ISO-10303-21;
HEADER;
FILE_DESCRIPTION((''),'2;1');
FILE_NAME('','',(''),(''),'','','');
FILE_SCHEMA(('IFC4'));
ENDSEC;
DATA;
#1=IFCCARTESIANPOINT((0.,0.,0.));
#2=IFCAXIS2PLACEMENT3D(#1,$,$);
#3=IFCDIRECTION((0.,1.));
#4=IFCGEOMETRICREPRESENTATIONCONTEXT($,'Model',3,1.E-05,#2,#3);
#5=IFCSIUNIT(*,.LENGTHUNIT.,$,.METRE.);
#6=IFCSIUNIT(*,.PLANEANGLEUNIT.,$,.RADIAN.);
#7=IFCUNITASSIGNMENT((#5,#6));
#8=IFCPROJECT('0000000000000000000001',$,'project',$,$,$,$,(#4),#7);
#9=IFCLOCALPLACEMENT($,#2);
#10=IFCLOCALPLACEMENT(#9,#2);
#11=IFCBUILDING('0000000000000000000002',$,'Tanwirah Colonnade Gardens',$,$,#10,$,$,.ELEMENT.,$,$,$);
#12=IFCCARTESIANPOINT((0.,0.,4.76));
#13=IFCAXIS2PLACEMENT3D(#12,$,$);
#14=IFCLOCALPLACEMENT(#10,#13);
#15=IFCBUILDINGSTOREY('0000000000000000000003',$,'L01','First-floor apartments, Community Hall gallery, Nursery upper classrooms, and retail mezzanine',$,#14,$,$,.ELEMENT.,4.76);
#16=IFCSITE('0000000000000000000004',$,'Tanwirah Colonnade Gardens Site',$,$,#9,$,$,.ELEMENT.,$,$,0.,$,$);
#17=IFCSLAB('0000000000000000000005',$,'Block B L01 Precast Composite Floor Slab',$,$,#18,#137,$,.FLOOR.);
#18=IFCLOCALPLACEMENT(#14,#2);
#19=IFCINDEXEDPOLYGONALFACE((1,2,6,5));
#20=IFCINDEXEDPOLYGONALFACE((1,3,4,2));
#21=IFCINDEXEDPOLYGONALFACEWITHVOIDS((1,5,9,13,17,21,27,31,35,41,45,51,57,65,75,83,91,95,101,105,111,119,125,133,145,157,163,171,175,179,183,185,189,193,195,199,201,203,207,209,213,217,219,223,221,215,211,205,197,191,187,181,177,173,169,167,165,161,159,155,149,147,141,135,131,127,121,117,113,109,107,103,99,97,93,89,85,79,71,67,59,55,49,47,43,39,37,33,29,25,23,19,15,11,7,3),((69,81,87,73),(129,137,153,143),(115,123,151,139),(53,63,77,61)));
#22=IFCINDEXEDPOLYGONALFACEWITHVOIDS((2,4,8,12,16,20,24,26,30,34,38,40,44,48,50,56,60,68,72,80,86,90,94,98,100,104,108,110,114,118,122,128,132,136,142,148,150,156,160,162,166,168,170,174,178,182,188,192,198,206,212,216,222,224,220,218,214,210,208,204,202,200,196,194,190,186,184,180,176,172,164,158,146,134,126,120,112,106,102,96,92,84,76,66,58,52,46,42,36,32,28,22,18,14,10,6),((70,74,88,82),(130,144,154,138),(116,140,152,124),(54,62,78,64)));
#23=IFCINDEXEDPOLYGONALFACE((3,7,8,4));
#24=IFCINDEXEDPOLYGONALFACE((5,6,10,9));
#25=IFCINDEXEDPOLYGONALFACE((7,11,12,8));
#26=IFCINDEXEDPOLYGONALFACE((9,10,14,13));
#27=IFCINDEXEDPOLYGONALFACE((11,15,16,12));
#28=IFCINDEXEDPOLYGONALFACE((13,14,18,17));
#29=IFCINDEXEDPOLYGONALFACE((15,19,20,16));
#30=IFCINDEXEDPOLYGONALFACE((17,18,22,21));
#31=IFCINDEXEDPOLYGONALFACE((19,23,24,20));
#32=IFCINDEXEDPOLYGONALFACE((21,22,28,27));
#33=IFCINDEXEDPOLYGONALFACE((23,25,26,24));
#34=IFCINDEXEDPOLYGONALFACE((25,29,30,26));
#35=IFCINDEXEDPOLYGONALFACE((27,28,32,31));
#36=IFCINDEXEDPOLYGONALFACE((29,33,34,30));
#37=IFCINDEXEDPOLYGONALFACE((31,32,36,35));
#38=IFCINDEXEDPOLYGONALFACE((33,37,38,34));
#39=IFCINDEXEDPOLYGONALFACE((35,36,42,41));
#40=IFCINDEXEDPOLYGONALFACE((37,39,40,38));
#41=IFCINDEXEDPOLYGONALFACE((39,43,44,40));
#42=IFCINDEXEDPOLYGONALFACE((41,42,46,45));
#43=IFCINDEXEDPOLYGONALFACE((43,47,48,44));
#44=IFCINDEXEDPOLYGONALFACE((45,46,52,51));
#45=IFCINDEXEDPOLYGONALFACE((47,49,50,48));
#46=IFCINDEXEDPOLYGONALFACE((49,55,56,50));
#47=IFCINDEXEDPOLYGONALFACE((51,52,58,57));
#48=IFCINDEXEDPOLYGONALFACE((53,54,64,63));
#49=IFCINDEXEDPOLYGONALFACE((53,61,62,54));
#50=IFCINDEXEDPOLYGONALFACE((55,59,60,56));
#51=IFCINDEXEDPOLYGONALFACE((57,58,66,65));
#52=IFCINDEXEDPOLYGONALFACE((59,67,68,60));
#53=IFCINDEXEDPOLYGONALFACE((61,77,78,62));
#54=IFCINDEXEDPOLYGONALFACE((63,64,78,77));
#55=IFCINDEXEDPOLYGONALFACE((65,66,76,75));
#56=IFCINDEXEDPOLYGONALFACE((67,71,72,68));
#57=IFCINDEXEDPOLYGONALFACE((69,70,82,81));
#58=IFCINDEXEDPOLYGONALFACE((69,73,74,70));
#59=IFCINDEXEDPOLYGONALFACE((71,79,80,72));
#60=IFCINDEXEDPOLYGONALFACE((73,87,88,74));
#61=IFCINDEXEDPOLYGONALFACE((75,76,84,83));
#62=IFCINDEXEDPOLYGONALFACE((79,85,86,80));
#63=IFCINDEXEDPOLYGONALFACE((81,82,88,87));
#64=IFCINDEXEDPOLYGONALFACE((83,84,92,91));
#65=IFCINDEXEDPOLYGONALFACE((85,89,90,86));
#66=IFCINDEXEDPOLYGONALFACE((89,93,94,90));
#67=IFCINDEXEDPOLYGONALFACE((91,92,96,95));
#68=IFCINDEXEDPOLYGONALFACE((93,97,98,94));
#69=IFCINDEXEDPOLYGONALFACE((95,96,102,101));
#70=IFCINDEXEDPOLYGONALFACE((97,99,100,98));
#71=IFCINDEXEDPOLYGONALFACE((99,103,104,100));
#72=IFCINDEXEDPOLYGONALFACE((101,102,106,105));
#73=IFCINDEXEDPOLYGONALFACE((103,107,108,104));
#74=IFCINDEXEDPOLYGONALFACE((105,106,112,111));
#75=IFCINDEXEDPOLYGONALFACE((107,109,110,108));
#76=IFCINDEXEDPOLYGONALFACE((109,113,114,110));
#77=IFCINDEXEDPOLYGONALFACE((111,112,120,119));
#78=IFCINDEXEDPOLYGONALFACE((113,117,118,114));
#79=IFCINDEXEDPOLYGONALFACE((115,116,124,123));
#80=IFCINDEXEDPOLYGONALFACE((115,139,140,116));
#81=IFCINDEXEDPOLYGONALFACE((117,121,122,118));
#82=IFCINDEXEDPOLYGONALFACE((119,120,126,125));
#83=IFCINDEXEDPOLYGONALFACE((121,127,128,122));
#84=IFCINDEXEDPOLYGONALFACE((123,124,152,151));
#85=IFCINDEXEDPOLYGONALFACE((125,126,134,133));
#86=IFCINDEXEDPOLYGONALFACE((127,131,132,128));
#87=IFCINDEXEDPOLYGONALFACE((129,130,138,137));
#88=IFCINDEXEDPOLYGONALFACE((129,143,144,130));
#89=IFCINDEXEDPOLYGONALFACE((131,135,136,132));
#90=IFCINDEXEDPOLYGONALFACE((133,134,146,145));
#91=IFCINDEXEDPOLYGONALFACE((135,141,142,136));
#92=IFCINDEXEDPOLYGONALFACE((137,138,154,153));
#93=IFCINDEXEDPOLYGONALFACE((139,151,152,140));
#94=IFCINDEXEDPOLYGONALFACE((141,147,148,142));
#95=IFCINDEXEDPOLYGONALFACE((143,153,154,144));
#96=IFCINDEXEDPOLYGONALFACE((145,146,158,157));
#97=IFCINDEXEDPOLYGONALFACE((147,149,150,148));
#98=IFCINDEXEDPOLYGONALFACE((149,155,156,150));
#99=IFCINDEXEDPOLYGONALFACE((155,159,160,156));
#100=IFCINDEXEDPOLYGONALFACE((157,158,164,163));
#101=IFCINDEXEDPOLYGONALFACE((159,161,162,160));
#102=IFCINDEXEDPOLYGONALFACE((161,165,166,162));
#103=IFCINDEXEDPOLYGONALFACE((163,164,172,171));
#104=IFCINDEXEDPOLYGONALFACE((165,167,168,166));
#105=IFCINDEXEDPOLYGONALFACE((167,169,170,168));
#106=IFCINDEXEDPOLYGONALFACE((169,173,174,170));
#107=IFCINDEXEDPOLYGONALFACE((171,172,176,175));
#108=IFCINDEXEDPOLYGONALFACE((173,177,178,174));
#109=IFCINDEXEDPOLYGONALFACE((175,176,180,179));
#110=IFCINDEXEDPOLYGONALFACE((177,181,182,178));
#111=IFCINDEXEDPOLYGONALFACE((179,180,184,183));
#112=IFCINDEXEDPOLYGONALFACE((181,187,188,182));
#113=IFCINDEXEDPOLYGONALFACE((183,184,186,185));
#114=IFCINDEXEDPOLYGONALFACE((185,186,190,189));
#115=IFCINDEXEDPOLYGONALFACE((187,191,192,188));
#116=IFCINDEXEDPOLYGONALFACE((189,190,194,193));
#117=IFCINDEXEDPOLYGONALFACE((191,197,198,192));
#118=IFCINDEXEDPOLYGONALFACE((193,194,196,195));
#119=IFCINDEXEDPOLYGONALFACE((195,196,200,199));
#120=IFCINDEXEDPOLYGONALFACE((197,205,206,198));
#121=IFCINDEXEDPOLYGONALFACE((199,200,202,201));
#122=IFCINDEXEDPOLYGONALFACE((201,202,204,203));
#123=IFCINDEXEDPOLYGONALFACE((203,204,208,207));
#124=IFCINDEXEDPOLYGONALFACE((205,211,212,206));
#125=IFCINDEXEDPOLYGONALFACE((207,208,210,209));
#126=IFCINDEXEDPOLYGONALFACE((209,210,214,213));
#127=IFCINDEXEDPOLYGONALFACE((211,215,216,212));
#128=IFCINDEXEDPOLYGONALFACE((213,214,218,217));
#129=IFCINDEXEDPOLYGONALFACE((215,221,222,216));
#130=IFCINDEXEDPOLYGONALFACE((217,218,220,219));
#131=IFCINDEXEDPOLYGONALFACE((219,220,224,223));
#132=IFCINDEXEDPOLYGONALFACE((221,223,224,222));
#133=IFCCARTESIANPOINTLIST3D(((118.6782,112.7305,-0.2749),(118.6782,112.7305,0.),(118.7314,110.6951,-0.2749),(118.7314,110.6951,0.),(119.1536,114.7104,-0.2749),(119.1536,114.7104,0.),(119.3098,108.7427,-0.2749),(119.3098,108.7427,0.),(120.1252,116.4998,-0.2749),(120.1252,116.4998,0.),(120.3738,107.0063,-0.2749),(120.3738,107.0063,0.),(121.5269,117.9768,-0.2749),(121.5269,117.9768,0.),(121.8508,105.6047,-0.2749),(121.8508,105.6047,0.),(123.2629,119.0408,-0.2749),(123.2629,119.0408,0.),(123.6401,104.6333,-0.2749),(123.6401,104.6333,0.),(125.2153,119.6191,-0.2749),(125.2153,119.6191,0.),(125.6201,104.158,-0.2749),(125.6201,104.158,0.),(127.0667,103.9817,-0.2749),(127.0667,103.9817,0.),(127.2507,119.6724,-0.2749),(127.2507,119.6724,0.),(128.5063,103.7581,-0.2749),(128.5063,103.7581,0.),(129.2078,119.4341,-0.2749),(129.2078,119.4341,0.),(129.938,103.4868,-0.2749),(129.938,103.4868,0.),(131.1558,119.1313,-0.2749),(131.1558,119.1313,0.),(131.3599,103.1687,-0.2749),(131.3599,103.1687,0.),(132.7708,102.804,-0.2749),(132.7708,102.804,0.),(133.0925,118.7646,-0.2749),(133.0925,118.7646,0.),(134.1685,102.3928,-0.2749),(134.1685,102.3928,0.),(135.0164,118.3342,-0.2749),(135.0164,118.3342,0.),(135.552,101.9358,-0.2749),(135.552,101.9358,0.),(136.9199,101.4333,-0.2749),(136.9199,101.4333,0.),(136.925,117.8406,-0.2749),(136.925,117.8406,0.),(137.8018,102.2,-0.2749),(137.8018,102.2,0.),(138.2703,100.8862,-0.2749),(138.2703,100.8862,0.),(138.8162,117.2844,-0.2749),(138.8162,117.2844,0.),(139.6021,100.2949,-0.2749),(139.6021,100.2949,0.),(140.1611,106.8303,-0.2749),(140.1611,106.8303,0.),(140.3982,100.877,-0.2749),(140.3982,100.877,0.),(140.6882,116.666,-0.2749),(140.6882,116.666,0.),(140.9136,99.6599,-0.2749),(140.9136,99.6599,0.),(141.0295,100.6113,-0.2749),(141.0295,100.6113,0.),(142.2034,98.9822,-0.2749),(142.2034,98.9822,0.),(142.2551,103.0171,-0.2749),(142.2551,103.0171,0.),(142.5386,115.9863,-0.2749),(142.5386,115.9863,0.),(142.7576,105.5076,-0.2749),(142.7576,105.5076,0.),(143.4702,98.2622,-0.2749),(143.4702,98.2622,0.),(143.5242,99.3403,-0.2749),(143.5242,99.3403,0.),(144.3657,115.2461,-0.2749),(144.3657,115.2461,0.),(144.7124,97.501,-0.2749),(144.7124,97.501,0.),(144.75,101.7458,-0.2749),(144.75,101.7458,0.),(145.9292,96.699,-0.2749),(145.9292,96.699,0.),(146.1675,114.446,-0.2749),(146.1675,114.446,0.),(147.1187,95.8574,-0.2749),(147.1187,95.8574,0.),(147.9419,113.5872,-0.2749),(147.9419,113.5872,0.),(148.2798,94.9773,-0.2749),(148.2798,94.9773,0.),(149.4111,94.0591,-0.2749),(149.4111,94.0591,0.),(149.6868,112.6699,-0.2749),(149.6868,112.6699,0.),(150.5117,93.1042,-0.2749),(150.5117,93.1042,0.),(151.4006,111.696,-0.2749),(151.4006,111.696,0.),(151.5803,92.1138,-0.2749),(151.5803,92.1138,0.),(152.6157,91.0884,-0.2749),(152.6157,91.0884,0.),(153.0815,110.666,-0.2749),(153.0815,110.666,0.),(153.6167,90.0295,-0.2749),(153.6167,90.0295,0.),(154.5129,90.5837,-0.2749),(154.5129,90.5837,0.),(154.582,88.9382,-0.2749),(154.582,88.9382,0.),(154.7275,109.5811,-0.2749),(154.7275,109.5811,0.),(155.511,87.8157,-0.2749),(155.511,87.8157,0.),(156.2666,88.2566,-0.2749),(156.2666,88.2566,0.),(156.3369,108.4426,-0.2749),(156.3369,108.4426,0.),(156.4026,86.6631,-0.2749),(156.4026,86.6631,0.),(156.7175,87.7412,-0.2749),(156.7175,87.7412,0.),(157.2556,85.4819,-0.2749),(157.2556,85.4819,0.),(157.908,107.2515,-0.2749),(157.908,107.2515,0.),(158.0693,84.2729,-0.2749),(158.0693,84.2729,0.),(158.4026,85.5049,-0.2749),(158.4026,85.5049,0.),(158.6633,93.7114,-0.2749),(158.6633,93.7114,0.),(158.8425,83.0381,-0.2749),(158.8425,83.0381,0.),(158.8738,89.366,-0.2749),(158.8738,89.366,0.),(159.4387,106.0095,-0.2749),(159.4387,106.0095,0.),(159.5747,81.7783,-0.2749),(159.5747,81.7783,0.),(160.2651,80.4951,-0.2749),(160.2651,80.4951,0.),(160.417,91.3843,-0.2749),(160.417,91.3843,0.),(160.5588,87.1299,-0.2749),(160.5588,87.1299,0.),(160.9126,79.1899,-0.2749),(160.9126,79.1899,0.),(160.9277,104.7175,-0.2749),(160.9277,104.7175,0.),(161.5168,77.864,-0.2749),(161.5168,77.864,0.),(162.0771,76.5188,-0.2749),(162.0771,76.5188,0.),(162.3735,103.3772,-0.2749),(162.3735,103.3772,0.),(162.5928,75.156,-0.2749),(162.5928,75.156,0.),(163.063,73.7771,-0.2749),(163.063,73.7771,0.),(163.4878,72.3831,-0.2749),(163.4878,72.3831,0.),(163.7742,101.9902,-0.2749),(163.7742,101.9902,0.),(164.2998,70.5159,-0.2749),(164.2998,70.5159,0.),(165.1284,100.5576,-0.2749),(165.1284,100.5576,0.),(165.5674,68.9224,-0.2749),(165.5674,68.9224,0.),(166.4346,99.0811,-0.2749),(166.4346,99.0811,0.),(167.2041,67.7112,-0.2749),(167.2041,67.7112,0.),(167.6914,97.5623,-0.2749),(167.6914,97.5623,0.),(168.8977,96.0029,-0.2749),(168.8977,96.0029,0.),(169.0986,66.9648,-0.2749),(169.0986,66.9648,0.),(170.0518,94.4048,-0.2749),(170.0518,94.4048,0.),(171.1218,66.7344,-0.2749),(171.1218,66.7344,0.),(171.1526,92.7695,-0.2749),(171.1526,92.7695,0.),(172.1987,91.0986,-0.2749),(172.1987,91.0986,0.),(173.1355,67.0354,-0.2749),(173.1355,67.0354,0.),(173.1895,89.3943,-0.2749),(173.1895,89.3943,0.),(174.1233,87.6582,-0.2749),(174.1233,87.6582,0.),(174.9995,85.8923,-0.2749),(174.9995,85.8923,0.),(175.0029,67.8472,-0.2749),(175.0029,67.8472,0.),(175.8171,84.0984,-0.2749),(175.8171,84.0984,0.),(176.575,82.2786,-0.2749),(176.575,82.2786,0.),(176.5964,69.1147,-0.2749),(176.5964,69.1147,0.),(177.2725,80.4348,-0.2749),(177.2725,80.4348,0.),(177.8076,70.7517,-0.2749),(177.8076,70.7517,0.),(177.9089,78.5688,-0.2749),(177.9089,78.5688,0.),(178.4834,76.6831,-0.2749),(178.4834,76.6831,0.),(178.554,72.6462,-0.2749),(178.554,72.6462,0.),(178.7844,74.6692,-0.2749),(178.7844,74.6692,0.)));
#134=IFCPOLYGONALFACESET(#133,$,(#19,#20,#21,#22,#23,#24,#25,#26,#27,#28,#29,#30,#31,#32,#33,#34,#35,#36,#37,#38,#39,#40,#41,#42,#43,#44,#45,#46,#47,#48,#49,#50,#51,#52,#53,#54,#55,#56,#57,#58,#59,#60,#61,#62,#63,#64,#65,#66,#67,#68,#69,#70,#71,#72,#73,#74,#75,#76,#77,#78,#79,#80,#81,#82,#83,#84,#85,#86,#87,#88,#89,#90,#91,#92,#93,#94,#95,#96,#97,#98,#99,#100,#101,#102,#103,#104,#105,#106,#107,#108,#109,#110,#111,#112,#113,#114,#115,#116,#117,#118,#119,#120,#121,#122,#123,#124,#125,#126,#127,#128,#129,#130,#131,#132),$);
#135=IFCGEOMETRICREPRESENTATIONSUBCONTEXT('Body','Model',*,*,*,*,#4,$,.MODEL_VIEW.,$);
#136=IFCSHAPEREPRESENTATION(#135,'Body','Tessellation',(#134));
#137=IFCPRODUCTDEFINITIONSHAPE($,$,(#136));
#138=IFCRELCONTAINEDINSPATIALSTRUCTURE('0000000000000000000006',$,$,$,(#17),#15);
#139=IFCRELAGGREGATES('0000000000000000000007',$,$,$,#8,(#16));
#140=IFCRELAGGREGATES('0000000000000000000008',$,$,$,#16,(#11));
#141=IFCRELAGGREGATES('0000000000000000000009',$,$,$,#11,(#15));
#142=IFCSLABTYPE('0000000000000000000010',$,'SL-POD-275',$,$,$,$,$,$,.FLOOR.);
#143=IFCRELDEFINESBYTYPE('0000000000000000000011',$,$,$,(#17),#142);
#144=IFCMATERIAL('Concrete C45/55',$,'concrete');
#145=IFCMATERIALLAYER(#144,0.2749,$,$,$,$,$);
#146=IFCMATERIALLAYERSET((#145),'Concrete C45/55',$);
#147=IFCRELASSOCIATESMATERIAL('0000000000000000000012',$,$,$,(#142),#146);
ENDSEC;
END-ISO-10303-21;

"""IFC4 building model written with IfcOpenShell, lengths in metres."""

from ifc_helpers import new_model, si_unit, direction, frame, origin, place, context, subcontext, project, spatial, polyline, outline, extrude, material, layer, layer_set, type_object, element, save


model = new_model("IFC4")

# Units and contexts
model_context = context("Model", 3, precision=1e-05, world=origin(), true_north=direction((0.0, 1.0)))
body_context = subcontext(model_context, "Body", "Model", "MODEL_VIEW")
ifc_project = project(units=[si_unit("LENGTHUNIT", "METRE"), si_unit("PLANEANGLEUNIT", "RADIAN")], contexts=[model_context])

# Site, building, storey
site_placement = place(None, origin())
site = spatial("IfcSite", under=ifc_project, at=site_placement, Name="Tanwirah Colonnade Gardens Site", CompositionType="ELEMENT", RefElevation=0.0)
building_placement = place(site_placement, origin())
building = spatial("IfcBuilding", under=site, at=building_placement, Name="Tanwirah Colonnade Gardens", CompositionType="ELEMENT")
storey_placement = place(building_placement, frame((0.0, 0.0, 4.76)))
storey = spatial("IfcBuildingStorey", under=building, at=storey_placement, Name="L01", Description="First-floor apartments, Community Hall gallery, Nursery upper classrooms, and retail mezzanine", CompositionType="ELEMENT", Elevation=4.76)

# Shared definitions
ifc_material_1 = material(Name="Concrete C45/55", Category="concrete")

# Slab
ifc_layer_1 = layer(ifc_material_1, 0.2749)
ifc_layer_set_1 = layer_set([ifc_layer_1], Name="Concrete C45/55")
slab_type_1 = type_object("IfcSlabType", Name="SL-POD-275", PredefinedType="FLOOR", material=ifc_layer_set_1)
slab_1_placement = place(storey_placement, frame((0.0, 0.0, -0.2749)))
element("IfcSlab", 1, at=slab_1_placement, inside=storey, type_object=slab_type_1, Name="Block B L01 Precast Composite Floor Slab", PredefinedType="FLOOR", context=body_context, shape_type="SweptSolid", body=[
    extrude(outline(polyline([(162.5928, 75.156), (163.063, 73.7771), (163.4878, 72.3831), (164.2998, 70.5159), (165.5674, 68.9224), (167.2041, 67.7112), (169.0986, 66.9648), (171.1218, 66.7344), (173.1355, 67.0354), (175.0029, 67.8472), (176.5964, 69.1147), (177.8076, 70.7517), (178.554, 72.6462), (178.7844, 74.6692), (178.4834, 76.6831), (177.9089, 78.5688), (177.2725, 80.4348), (176.575, 82.2786), (175.8171, 84.0984), (174.9995, 85.8923), (174.1233, 87.6582), (173.1895, 89.3943), (172.1987, 91.0986), (171.1526, 92.7695), (170.0518, 94.4048), (168.8977, 96.0029), (167.6914, 97.5623), (166.4346, 99.0811), (165.1284, 100.5576), (163.7742, 101.9902), (162.3735, 103.3772), (160.9277, 104.7175), (159.4387, 106.0095), (157.908, 107.2515), (156.3369, 108.4426), (154.7275, 109.5811), (153.0815, 110.666), (151.4006, 111.696), (149.6868, 112.6699), (147.9419, 113.5872), (146.1675, 114.446), (144.3657, 115.2461), (142.5386, 115.9863), (140.6882, 116.666), (138.8162, 117.2844), (136.925, 117.8406), (135.0164, 118.3342), (133.0925, 118.7646), (131.1558, 119.1313), (129.2078, 119.4341), (127.2507, 119.6724), (125.2153, 119.6191), (123.2629, 119.0408), (121.5269, 117.9768), (120.1252, 116.4998), (119.1536, 114.7104), (118.6782, 112.7305), (118.7314, 110.6951), (119.3098, 108.7427), (120.3738, 107.0063), (121.8508, 105.6047), (123.6401, 104.6333), (125.6201, 104.158), (127.0667, 103.9817), (128.5063, 103.7581), (129.938, 103.4868), (131.3599, 103.1687), (132.7708, 102.804), (134.1685, 102.3928), (135.552, 101.9358), (136.9199, 101.4333), (138.2703, 100.8862), (139.6021, 100.2949), (140.9136, 99.6599), (142.2034, 98.9822), (143.4702, 98.2622), (144.7124, 97.501), (145.9292, 96.699), (147.1187, 95.8574), (148.2798, 94.9773), (149.4111, 94.0591), (150.5117, 93.1042), (151.5803, 92.1138), (152.6157, 91.0884), (153.6167, 90.0295), (154.582, 88.9382), (155.511, 87.8157), (156.4026, 86.6631), (157.2556, 85.4819), (158.0693, 84.2729), (158.8425, 83.0381), (159.5747, 81.7783), (160.2651, 80.4951), (160.9126, 79.1899), (161.5168, 77.864), (162.0771, 76.5188), (162.5928, 75.156)]), holes=[polyline([(160.417, 91.3843), (156.2666, 88.2566), (154.5129, 90.5837), (158.6633, 93.7114), (160.417, 91.3843)]), polyline([(158.4026, 85.5049), (156.7175, 87.7412), (158.8738, 89.366), (160.5588, 87.1299), (158.4026, 85.5049)]), polyline([(137.8018, 102.2), (140.1611, 106.8303), (142.7576, 105.5076), (140.3982, 100.877), (137.8018, 102.2)]), polyline([(142.2551, 103.0171), (144.75, 101.7458), (143.5242, 99.3403), (141.0295, 100.6113), (142.2551, 103.0171)])]), origin(), (0.0, 0.0, 1.0), 0.2749),
])

save(model, "model.ifc")
